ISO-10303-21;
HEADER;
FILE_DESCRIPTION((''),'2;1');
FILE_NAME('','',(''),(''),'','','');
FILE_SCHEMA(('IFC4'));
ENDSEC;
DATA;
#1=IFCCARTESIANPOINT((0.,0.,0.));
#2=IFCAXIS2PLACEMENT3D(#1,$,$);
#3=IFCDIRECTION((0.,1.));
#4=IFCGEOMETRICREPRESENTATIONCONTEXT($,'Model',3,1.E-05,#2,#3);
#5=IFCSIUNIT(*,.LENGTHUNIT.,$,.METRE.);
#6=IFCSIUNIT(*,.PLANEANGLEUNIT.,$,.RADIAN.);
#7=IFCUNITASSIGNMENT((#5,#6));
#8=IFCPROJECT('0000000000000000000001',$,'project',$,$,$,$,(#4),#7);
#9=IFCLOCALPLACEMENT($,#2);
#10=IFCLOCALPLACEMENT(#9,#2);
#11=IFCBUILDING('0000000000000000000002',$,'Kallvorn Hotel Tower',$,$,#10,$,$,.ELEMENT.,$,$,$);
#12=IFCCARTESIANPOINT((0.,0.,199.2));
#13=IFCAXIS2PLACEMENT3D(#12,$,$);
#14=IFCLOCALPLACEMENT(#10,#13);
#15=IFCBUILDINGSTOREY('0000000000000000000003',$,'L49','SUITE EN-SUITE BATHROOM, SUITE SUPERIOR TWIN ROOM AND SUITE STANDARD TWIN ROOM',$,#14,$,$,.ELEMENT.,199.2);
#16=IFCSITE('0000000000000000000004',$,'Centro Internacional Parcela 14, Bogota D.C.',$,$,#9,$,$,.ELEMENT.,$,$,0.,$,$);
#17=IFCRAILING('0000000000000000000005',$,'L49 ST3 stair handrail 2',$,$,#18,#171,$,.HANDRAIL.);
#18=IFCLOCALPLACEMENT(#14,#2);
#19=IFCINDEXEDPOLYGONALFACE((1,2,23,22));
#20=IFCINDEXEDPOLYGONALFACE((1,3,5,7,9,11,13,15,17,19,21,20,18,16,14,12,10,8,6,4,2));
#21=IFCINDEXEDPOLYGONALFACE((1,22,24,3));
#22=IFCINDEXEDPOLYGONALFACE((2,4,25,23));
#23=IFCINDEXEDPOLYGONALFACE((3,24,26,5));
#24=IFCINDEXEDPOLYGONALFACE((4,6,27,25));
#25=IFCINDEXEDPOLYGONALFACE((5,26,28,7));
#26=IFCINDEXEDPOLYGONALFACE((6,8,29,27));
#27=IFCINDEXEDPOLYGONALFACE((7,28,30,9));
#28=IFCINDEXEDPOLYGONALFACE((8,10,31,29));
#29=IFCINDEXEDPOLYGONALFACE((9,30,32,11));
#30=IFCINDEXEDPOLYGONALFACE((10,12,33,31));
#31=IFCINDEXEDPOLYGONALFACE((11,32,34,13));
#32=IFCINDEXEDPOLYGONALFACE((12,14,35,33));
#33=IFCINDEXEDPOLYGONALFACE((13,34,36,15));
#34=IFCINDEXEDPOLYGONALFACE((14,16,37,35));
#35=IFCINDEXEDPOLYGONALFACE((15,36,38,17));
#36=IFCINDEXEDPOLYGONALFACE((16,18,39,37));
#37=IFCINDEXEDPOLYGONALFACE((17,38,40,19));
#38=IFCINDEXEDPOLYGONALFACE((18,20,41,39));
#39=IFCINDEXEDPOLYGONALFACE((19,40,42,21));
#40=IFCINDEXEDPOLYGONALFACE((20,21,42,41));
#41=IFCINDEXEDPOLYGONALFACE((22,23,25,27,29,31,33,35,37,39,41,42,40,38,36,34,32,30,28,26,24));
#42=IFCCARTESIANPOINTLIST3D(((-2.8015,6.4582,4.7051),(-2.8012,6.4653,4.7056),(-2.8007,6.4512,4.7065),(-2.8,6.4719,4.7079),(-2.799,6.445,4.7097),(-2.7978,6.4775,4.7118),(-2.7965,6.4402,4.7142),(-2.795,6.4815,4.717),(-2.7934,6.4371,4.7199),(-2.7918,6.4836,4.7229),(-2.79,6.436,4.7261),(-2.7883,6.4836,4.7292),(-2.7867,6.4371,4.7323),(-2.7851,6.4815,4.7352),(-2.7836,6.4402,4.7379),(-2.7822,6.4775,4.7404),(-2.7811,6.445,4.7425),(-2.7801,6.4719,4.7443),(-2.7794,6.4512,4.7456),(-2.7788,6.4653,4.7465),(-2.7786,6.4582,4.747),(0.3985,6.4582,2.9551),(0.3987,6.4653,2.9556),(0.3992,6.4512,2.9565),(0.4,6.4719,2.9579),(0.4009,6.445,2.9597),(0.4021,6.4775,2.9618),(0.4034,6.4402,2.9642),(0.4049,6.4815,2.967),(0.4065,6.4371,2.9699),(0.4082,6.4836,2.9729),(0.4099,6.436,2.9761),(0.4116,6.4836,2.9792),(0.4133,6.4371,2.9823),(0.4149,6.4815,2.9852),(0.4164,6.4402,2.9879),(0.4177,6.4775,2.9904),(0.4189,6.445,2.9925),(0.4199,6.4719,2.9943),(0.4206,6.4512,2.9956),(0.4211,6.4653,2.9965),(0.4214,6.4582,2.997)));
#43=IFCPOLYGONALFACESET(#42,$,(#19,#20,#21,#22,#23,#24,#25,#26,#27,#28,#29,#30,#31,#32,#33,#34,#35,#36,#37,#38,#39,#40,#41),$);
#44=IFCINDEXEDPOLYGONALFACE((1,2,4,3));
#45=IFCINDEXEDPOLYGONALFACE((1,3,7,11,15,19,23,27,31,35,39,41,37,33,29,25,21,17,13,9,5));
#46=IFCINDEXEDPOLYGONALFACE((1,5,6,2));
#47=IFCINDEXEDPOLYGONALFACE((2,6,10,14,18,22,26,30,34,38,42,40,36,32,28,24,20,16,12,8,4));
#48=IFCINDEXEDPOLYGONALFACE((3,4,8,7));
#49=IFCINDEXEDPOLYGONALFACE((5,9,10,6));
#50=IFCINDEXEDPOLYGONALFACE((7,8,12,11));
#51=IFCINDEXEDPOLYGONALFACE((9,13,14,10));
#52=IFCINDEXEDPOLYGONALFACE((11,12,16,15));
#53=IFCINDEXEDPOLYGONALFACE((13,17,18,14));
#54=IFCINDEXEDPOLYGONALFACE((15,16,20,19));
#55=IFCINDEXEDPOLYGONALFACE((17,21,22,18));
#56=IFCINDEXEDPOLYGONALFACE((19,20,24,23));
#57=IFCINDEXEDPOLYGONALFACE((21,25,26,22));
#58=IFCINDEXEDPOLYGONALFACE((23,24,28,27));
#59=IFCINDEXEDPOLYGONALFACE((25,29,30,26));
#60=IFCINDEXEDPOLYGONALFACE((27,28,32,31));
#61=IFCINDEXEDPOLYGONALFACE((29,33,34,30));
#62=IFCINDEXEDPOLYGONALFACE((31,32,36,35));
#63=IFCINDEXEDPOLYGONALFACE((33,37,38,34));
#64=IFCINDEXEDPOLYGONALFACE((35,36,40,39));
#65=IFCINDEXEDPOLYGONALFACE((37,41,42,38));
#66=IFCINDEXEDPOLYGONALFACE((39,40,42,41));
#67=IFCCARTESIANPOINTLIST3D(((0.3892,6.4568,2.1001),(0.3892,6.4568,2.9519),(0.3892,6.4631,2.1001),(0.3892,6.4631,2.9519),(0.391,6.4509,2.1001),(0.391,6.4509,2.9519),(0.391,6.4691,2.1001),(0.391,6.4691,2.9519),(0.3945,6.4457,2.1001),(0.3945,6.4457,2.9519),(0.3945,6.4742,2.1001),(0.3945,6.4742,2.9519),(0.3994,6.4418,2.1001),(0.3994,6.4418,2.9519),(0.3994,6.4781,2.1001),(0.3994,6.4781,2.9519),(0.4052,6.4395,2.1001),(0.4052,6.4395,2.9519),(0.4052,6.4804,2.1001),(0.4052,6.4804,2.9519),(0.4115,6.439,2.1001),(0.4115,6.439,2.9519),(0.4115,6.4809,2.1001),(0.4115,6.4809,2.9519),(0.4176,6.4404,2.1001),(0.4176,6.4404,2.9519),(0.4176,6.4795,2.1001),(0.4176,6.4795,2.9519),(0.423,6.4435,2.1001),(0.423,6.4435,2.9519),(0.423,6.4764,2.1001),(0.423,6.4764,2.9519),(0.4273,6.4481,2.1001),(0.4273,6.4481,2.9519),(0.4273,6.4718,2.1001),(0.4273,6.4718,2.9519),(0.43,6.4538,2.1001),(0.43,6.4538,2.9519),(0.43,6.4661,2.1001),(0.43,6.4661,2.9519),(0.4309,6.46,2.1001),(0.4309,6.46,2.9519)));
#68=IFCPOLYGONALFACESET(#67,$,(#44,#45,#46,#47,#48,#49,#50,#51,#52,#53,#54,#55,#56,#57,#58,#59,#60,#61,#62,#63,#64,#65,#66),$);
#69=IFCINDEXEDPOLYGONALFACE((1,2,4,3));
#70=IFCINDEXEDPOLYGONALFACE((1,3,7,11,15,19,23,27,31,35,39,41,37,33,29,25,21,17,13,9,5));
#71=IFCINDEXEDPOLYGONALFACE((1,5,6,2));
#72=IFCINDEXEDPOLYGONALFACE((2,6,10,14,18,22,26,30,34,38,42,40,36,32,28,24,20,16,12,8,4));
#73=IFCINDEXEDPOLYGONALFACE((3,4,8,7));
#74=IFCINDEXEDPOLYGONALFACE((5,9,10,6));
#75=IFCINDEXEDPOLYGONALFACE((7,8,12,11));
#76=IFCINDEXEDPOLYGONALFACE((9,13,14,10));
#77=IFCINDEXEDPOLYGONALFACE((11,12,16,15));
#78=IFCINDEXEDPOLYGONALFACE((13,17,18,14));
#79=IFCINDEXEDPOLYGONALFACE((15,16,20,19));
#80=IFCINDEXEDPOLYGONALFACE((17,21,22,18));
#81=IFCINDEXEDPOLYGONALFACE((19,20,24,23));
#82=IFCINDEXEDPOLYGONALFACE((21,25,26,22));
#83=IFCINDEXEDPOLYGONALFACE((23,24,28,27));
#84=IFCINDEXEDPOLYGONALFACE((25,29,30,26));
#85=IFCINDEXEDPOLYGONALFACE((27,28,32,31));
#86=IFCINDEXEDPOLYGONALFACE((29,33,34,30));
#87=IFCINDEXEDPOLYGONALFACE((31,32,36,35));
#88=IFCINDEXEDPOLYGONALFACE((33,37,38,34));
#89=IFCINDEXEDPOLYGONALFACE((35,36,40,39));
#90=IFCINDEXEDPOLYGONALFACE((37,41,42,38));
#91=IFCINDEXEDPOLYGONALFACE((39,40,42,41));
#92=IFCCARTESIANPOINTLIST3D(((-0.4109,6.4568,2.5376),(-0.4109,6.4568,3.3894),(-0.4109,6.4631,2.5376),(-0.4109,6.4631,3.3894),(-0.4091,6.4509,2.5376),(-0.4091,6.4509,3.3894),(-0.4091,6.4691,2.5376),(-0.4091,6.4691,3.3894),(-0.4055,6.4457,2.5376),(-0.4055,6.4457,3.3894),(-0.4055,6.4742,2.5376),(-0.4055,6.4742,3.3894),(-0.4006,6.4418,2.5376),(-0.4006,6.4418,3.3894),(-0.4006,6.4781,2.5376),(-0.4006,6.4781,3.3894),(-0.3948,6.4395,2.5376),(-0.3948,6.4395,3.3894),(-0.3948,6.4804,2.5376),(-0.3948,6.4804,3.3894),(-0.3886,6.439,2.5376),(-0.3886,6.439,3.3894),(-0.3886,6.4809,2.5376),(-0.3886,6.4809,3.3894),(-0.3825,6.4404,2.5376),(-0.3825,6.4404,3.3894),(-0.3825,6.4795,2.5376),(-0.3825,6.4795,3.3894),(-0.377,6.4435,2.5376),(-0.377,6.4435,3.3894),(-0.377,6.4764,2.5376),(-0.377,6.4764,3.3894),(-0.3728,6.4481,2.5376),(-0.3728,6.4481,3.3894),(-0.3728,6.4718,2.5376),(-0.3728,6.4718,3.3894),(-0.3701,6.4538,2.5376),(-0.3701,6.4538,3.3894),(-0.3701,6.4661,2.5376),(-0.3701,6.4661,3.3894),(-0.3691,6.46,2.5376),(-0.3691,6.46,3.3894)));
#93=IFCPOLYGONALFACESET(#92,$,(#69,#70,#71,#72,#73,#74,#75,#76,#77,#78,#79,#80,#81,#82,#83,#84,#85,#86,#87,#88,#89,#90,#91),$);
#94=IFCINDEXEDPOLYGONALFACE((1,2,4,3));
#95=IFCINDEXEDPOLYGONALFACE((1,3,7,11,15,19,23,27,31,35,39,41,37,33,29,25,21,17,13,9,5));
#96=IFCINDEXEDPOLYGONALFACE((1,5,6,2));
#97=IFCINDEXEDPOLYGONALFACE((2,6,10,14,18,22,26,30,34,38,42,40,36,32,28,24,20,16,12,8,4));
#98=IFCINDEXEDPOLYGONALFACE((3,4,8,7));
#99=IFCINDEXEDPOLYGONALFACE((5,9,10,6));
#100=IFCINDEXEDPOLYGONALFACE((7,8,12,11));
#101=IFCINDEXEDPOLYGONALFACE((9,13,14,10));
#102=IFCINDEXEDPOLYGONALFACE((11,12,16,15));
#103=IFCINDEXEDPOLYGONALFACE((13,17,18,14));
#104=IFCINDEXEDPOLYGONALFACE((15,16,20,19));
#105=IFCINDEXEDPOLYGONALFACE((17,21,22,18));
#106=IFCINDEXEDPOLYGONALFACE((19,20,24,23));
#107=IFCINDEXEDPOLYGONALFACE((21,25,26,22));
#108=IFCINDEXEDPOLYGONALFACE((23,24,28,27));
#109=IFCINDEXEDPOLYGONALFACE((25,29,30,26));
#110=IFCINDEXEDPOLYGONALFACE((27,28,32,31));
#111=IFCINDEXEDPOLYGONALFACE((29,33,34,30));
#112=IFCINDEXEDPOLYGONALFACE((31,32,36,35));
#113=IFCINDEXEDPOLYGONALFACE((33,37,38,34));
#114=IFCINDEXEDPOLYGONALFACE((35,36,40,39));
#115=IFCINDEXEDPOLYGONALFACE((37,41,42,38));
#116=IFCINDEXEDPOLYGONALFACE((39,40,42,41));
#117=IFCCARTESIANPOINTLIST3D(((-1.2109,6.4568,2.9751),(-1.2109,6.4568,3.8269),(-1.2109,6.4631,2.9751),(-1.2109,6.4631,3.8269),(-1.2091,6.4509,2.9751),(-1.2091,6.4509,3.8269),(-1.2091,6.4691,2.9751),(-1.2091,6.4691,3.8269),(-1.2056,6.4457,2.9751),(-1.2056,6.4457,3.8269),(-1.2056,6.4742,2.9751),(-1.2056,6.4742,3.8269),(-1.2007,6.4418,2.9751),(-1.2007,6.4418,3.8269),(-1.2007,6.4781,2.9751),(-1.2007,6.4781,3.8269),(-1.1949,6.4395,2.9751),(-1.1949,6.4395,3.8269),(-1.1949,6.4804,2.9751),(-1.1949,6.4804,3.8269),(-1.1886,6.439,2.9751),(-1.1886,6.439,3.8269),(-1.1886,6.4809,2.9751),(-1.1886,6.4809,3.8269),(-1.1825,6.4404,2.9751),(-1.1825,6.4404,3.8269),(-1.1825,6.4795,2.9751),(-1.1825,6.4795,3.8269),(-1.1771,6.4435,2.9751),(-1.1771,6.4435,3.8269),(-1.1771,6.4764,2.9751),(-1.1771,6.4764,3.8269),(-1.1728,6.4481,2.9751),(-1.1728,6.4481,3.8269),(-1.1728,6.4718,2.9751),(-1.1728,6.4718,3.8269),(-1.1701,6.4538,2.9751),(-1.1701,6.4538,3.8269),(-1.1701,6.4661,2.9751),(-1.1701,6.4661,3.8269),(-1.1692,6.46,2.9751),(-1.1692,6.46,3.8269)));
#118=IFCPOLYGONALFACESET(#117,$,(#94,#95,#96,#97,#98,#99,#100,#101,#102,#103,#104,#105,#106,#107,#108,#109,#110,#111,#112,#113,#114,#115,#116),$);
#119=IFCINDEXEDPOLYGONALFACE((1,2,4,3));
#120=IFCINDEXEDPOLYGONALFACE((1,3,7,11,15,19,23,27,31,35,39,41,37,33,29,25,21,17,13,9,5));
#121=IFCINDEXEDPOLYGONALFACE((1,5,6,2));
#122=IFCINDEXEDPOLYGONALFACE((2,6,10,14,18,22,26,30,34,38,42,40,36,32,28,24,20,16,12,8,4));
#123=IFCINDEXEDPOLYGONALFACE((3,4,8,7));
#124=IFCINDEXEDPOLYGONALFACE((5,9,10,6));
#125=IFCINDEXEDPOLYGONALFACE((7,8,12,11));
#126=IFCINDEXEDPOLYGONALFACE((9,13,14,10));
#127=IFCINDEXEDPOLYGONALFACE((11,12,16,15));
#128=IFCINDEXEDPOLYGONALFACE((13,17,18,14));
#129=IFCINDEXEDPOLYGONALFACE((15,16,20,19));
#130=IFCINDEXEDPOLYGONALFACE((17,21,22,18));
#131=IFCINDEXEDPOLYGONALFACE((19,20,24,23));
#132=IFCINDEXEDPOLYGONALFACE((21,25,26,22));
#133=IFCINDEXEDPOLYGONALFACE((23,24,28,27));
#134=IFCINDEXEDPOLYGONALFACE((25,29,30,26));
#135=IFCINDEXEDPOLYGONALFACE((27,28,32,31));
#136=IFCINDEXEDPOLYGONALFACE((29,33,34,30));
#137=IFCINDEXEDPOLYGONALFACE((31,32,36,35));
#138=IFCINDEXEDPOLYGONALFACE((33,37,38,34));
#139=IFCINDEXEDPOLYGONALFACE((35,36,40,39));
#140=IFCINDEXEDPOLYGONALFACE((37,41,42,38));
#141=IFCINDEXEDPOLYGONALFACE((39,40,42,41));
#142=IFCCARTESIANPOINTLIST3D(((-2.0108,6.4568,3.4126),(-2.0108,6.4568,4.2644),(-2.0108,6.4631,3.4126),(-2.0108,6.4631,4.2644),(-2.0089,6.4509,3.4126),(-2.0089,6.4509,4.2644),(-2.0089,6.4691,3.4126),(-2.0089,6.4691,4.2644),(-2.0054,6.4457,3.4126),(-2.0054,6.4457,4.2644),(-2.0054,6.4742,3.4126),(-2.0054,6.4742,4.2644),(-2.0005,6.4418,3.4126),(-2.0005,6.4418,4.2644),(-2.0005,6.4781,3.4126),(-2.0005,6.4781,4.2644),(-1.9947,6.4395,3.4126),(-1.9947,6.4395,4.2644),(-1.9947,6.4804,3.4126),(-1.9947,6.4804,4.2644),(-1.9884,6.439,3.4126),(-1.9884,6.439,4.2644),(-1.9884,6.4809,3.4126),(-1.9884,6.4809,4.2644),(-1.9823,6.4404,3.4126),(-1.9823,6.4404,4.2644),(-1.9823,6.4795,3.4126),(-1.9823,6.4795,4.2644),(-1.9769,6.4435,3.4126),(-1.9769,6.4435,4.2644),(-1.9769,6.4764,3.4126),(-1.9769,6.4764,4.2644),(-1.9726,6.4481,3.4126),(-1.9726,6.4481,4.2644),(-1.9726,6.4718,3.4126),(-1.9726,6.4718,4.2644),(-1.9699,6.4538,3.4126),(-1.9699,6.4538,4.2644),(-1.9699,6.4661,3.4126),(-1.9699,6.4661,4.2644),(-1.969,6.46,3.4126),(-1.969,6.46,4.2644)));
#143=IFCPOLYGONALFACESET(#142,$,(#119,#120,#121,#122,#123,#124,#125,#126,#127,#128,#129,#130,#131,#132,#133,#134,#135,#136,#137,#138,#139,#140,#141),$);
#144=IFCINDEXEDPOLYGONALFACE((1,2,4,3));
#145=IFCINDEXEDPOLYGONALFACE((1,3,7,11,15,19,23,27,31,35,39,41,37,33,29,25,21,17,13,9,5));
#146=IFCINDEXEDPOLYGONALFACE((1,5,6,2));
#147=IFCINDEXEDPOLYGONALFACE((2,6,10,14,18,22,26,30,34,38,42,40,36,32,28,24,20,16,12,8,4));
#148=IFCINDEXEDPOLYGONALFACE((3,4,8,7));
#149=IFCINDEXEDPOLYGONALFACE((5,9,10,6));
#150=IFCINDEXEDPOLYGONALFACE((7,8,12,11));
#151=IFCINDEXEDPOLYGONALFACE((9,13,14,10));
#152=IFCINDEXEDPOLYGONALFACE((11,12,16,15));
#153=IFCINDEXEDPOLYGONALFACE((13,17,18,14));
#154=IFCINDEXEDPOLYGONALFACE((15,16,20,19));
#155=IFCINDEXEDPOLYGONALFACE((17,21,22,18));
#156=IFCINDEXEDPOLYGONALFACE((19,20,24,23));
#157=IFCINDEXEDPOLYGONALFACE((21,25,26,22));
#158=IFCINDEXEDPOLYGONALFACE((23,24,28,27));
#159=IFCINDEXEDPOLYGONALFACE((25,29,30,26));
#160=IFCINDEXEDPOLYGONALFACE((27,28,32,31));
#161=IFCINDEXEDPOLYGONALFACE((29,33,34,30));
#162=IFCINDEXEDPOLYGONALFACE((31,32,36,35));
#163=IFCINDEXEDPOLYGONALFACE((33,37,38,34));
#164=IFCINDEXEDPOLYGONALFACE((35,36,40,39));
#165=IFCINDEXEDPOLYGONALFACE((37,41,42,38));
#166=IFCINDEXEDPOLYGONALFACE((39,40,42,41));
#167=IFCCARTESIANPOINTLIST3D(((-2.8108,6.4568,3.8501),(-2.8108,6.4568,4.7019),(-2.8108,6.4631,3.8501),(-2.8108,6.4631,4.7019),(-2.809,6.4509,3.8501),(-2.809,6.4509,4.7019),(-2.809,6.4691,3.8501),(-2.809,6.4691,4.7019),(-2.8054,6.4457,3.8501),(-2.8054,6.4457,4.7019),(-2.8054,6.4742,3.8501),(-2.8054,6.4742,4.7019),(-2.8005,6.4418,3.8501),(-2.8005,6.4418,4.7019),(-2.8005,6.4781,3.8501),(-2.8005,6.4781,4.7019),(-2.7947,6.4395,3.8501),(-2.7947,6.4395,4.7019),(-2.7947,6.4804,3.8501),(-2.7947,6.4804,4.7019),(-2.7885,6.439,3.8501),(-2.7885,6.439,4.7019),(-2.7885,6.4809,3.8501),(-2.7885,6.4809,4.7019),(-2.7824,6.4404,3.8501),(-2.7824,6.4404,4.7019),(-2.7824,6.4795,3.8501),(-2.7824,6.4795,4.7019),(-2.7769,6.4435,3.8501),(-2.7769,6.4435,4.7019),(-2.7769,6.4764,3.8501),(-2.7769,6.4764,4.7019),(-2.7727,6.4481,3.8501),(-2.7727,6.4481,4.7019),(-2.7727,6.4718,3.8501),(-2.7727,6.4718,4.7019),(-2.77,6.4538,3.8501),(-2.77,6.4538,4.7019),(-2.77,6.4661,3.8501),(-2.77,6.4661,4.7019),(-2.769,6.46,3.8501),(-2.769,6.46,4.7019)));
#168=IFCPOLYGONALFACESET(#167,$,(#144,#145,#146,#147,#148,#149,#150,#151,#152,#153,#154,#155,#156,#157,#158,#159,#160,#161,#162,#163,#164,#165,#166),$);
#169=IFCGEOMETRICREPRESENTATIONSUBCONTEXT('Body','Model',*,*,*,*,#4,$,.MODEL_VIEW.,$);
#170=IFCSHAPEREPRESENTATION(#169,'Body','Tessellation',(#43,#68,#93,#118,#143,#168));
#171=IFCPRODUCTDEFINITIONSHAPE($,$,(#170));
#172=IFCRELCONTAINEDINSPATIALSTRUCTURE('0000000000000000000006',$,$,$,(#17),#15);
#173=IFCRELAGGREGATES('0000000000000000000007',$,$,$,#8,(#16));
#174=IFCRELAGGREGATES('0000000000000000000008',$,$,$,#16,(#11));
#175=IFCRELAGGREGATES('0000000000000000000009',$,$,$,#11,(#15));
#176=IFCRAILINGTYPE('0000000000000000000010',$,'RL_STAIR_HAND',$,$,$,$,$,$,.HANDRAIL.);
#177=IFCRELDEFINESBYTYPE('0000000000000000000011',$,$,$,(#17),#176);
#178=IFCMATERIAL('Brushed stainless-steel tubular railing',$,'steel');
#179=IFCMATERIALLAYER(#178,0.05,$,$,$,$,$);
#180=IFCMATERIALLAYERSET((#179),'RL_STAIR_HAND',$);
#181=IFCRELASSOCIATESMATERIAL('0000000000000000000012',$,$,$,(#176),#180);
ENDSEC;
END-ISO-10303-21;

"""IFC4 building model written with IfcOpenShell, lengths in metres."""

from ifc_helpers import new_model, si_unit, direction, frame, origin, origin_2d, place, context, subcontext, project, spatial, circle, extrude, material, layer, layer_set, type_object, element, save


model = new_model("IFC4")

# Units and contexts
model_context = context("Model", 3, precision=1e-05, world=origin(), true_north=direction((0.0, 1.0)))
body_context = subcontext(model_context, "Body", "Model", "MODEL_VIEW")
ifc_project = project(units=[si_unit("LENGTHUNIT", "METRE"), si_unit("PLANEANGLEUNIT", "RADIAN")], contexts=[model_context])

# Site, building, storey
site_placement = place(None, origin())
site = spatial("IfcSite", under=ifc_project, at=site_placement, Name="Centro Internacional Parcela 14, Bogota D.C.", CompositionType="ELEMENT", RefElevation=0.0)
building_placement = place(site_placement, origin())
building = spatial("IfcBuilding", under=site, at=building_placement, Name="Kallvorn Hotel Tower", CompositionType="ELEMENT")
storey_placement = place(building_placement, frame((0.0, 0.0, 199.2)))
storey = spatial("IfcBuildingStorey", under=building, at=storey_placement, Name="L49", Description="SUITE EN-SUITE BATHROOM, SUITE SUPERIOR TWIN ROOM AND SUITE STANDARD TWIN ROOM", CompositionType="ELEMENT", Elevation=199.2)

# Railing
ifc_material_1 = material(Name="Brushed stainless-steel tubular railing", Category="steel")
ifc_layer_1 = layer(ifc_material_1, 0.05)
ifc_layer_set_1 = layer_set([ifc_layer_1], Name="RL_STAIR_HAND")
railing_type_1 = type_object("IfcRailingType", Name="RL_STAIR_HAND", PredefinedType="HANDRAIL", material=ifc_layer_set_1)
railing_1_placement = place(storey_placement, frame((0.4099, 6.46, 2.1001)))
element("IfcRailing", 1, at=railing_1_placement, inside=storey, type_object=railing_type_1, Name="L49 ST3 stair handrail 2", PredefinedType="HANDRAIL", context=body_context, shape_type="SweptSolid", body=[
    extrude(circle(Radius=0.0239, at=origin_2d()), frame((0.0, 0.0, 0.876), z_axis=(-0.877368, 0.0, 0.479818), x_axis=(0.0, -1.0, 0.0)), (0.0, 0.0, 1.0), 3.6472),
    extrude(circle(Radius=0.021, at=origin_2d()), origin(), (0.0, 0.0, 1.0), 0.8518),
    extrude(circle(Radius=0.021, at=origin_2d()), frame((-0.8, 0.0, 0.4375)), (0.0, 0.0, 1.0), 0.8518),
    extrude(circle(Radius=0.021, at=origin_2d()), frame((-1.6001, 0.0, 0.875)), (0.0, 0.0, 1.0), 0.8518),
    extrude(circle(Radius=0.021, at=origin_2d()), frame((-2.3999, 0.0, 1.3125)), (0.0, 0.0, 1.0), 0.8518),
    extrude(circle(Radius=0.021, at=origin_2d()), frame((-3.2, 0.0, 1.75)), (0.0, 0.0, 1.0), 0.8518),
])

save(model, "model.ifc")
